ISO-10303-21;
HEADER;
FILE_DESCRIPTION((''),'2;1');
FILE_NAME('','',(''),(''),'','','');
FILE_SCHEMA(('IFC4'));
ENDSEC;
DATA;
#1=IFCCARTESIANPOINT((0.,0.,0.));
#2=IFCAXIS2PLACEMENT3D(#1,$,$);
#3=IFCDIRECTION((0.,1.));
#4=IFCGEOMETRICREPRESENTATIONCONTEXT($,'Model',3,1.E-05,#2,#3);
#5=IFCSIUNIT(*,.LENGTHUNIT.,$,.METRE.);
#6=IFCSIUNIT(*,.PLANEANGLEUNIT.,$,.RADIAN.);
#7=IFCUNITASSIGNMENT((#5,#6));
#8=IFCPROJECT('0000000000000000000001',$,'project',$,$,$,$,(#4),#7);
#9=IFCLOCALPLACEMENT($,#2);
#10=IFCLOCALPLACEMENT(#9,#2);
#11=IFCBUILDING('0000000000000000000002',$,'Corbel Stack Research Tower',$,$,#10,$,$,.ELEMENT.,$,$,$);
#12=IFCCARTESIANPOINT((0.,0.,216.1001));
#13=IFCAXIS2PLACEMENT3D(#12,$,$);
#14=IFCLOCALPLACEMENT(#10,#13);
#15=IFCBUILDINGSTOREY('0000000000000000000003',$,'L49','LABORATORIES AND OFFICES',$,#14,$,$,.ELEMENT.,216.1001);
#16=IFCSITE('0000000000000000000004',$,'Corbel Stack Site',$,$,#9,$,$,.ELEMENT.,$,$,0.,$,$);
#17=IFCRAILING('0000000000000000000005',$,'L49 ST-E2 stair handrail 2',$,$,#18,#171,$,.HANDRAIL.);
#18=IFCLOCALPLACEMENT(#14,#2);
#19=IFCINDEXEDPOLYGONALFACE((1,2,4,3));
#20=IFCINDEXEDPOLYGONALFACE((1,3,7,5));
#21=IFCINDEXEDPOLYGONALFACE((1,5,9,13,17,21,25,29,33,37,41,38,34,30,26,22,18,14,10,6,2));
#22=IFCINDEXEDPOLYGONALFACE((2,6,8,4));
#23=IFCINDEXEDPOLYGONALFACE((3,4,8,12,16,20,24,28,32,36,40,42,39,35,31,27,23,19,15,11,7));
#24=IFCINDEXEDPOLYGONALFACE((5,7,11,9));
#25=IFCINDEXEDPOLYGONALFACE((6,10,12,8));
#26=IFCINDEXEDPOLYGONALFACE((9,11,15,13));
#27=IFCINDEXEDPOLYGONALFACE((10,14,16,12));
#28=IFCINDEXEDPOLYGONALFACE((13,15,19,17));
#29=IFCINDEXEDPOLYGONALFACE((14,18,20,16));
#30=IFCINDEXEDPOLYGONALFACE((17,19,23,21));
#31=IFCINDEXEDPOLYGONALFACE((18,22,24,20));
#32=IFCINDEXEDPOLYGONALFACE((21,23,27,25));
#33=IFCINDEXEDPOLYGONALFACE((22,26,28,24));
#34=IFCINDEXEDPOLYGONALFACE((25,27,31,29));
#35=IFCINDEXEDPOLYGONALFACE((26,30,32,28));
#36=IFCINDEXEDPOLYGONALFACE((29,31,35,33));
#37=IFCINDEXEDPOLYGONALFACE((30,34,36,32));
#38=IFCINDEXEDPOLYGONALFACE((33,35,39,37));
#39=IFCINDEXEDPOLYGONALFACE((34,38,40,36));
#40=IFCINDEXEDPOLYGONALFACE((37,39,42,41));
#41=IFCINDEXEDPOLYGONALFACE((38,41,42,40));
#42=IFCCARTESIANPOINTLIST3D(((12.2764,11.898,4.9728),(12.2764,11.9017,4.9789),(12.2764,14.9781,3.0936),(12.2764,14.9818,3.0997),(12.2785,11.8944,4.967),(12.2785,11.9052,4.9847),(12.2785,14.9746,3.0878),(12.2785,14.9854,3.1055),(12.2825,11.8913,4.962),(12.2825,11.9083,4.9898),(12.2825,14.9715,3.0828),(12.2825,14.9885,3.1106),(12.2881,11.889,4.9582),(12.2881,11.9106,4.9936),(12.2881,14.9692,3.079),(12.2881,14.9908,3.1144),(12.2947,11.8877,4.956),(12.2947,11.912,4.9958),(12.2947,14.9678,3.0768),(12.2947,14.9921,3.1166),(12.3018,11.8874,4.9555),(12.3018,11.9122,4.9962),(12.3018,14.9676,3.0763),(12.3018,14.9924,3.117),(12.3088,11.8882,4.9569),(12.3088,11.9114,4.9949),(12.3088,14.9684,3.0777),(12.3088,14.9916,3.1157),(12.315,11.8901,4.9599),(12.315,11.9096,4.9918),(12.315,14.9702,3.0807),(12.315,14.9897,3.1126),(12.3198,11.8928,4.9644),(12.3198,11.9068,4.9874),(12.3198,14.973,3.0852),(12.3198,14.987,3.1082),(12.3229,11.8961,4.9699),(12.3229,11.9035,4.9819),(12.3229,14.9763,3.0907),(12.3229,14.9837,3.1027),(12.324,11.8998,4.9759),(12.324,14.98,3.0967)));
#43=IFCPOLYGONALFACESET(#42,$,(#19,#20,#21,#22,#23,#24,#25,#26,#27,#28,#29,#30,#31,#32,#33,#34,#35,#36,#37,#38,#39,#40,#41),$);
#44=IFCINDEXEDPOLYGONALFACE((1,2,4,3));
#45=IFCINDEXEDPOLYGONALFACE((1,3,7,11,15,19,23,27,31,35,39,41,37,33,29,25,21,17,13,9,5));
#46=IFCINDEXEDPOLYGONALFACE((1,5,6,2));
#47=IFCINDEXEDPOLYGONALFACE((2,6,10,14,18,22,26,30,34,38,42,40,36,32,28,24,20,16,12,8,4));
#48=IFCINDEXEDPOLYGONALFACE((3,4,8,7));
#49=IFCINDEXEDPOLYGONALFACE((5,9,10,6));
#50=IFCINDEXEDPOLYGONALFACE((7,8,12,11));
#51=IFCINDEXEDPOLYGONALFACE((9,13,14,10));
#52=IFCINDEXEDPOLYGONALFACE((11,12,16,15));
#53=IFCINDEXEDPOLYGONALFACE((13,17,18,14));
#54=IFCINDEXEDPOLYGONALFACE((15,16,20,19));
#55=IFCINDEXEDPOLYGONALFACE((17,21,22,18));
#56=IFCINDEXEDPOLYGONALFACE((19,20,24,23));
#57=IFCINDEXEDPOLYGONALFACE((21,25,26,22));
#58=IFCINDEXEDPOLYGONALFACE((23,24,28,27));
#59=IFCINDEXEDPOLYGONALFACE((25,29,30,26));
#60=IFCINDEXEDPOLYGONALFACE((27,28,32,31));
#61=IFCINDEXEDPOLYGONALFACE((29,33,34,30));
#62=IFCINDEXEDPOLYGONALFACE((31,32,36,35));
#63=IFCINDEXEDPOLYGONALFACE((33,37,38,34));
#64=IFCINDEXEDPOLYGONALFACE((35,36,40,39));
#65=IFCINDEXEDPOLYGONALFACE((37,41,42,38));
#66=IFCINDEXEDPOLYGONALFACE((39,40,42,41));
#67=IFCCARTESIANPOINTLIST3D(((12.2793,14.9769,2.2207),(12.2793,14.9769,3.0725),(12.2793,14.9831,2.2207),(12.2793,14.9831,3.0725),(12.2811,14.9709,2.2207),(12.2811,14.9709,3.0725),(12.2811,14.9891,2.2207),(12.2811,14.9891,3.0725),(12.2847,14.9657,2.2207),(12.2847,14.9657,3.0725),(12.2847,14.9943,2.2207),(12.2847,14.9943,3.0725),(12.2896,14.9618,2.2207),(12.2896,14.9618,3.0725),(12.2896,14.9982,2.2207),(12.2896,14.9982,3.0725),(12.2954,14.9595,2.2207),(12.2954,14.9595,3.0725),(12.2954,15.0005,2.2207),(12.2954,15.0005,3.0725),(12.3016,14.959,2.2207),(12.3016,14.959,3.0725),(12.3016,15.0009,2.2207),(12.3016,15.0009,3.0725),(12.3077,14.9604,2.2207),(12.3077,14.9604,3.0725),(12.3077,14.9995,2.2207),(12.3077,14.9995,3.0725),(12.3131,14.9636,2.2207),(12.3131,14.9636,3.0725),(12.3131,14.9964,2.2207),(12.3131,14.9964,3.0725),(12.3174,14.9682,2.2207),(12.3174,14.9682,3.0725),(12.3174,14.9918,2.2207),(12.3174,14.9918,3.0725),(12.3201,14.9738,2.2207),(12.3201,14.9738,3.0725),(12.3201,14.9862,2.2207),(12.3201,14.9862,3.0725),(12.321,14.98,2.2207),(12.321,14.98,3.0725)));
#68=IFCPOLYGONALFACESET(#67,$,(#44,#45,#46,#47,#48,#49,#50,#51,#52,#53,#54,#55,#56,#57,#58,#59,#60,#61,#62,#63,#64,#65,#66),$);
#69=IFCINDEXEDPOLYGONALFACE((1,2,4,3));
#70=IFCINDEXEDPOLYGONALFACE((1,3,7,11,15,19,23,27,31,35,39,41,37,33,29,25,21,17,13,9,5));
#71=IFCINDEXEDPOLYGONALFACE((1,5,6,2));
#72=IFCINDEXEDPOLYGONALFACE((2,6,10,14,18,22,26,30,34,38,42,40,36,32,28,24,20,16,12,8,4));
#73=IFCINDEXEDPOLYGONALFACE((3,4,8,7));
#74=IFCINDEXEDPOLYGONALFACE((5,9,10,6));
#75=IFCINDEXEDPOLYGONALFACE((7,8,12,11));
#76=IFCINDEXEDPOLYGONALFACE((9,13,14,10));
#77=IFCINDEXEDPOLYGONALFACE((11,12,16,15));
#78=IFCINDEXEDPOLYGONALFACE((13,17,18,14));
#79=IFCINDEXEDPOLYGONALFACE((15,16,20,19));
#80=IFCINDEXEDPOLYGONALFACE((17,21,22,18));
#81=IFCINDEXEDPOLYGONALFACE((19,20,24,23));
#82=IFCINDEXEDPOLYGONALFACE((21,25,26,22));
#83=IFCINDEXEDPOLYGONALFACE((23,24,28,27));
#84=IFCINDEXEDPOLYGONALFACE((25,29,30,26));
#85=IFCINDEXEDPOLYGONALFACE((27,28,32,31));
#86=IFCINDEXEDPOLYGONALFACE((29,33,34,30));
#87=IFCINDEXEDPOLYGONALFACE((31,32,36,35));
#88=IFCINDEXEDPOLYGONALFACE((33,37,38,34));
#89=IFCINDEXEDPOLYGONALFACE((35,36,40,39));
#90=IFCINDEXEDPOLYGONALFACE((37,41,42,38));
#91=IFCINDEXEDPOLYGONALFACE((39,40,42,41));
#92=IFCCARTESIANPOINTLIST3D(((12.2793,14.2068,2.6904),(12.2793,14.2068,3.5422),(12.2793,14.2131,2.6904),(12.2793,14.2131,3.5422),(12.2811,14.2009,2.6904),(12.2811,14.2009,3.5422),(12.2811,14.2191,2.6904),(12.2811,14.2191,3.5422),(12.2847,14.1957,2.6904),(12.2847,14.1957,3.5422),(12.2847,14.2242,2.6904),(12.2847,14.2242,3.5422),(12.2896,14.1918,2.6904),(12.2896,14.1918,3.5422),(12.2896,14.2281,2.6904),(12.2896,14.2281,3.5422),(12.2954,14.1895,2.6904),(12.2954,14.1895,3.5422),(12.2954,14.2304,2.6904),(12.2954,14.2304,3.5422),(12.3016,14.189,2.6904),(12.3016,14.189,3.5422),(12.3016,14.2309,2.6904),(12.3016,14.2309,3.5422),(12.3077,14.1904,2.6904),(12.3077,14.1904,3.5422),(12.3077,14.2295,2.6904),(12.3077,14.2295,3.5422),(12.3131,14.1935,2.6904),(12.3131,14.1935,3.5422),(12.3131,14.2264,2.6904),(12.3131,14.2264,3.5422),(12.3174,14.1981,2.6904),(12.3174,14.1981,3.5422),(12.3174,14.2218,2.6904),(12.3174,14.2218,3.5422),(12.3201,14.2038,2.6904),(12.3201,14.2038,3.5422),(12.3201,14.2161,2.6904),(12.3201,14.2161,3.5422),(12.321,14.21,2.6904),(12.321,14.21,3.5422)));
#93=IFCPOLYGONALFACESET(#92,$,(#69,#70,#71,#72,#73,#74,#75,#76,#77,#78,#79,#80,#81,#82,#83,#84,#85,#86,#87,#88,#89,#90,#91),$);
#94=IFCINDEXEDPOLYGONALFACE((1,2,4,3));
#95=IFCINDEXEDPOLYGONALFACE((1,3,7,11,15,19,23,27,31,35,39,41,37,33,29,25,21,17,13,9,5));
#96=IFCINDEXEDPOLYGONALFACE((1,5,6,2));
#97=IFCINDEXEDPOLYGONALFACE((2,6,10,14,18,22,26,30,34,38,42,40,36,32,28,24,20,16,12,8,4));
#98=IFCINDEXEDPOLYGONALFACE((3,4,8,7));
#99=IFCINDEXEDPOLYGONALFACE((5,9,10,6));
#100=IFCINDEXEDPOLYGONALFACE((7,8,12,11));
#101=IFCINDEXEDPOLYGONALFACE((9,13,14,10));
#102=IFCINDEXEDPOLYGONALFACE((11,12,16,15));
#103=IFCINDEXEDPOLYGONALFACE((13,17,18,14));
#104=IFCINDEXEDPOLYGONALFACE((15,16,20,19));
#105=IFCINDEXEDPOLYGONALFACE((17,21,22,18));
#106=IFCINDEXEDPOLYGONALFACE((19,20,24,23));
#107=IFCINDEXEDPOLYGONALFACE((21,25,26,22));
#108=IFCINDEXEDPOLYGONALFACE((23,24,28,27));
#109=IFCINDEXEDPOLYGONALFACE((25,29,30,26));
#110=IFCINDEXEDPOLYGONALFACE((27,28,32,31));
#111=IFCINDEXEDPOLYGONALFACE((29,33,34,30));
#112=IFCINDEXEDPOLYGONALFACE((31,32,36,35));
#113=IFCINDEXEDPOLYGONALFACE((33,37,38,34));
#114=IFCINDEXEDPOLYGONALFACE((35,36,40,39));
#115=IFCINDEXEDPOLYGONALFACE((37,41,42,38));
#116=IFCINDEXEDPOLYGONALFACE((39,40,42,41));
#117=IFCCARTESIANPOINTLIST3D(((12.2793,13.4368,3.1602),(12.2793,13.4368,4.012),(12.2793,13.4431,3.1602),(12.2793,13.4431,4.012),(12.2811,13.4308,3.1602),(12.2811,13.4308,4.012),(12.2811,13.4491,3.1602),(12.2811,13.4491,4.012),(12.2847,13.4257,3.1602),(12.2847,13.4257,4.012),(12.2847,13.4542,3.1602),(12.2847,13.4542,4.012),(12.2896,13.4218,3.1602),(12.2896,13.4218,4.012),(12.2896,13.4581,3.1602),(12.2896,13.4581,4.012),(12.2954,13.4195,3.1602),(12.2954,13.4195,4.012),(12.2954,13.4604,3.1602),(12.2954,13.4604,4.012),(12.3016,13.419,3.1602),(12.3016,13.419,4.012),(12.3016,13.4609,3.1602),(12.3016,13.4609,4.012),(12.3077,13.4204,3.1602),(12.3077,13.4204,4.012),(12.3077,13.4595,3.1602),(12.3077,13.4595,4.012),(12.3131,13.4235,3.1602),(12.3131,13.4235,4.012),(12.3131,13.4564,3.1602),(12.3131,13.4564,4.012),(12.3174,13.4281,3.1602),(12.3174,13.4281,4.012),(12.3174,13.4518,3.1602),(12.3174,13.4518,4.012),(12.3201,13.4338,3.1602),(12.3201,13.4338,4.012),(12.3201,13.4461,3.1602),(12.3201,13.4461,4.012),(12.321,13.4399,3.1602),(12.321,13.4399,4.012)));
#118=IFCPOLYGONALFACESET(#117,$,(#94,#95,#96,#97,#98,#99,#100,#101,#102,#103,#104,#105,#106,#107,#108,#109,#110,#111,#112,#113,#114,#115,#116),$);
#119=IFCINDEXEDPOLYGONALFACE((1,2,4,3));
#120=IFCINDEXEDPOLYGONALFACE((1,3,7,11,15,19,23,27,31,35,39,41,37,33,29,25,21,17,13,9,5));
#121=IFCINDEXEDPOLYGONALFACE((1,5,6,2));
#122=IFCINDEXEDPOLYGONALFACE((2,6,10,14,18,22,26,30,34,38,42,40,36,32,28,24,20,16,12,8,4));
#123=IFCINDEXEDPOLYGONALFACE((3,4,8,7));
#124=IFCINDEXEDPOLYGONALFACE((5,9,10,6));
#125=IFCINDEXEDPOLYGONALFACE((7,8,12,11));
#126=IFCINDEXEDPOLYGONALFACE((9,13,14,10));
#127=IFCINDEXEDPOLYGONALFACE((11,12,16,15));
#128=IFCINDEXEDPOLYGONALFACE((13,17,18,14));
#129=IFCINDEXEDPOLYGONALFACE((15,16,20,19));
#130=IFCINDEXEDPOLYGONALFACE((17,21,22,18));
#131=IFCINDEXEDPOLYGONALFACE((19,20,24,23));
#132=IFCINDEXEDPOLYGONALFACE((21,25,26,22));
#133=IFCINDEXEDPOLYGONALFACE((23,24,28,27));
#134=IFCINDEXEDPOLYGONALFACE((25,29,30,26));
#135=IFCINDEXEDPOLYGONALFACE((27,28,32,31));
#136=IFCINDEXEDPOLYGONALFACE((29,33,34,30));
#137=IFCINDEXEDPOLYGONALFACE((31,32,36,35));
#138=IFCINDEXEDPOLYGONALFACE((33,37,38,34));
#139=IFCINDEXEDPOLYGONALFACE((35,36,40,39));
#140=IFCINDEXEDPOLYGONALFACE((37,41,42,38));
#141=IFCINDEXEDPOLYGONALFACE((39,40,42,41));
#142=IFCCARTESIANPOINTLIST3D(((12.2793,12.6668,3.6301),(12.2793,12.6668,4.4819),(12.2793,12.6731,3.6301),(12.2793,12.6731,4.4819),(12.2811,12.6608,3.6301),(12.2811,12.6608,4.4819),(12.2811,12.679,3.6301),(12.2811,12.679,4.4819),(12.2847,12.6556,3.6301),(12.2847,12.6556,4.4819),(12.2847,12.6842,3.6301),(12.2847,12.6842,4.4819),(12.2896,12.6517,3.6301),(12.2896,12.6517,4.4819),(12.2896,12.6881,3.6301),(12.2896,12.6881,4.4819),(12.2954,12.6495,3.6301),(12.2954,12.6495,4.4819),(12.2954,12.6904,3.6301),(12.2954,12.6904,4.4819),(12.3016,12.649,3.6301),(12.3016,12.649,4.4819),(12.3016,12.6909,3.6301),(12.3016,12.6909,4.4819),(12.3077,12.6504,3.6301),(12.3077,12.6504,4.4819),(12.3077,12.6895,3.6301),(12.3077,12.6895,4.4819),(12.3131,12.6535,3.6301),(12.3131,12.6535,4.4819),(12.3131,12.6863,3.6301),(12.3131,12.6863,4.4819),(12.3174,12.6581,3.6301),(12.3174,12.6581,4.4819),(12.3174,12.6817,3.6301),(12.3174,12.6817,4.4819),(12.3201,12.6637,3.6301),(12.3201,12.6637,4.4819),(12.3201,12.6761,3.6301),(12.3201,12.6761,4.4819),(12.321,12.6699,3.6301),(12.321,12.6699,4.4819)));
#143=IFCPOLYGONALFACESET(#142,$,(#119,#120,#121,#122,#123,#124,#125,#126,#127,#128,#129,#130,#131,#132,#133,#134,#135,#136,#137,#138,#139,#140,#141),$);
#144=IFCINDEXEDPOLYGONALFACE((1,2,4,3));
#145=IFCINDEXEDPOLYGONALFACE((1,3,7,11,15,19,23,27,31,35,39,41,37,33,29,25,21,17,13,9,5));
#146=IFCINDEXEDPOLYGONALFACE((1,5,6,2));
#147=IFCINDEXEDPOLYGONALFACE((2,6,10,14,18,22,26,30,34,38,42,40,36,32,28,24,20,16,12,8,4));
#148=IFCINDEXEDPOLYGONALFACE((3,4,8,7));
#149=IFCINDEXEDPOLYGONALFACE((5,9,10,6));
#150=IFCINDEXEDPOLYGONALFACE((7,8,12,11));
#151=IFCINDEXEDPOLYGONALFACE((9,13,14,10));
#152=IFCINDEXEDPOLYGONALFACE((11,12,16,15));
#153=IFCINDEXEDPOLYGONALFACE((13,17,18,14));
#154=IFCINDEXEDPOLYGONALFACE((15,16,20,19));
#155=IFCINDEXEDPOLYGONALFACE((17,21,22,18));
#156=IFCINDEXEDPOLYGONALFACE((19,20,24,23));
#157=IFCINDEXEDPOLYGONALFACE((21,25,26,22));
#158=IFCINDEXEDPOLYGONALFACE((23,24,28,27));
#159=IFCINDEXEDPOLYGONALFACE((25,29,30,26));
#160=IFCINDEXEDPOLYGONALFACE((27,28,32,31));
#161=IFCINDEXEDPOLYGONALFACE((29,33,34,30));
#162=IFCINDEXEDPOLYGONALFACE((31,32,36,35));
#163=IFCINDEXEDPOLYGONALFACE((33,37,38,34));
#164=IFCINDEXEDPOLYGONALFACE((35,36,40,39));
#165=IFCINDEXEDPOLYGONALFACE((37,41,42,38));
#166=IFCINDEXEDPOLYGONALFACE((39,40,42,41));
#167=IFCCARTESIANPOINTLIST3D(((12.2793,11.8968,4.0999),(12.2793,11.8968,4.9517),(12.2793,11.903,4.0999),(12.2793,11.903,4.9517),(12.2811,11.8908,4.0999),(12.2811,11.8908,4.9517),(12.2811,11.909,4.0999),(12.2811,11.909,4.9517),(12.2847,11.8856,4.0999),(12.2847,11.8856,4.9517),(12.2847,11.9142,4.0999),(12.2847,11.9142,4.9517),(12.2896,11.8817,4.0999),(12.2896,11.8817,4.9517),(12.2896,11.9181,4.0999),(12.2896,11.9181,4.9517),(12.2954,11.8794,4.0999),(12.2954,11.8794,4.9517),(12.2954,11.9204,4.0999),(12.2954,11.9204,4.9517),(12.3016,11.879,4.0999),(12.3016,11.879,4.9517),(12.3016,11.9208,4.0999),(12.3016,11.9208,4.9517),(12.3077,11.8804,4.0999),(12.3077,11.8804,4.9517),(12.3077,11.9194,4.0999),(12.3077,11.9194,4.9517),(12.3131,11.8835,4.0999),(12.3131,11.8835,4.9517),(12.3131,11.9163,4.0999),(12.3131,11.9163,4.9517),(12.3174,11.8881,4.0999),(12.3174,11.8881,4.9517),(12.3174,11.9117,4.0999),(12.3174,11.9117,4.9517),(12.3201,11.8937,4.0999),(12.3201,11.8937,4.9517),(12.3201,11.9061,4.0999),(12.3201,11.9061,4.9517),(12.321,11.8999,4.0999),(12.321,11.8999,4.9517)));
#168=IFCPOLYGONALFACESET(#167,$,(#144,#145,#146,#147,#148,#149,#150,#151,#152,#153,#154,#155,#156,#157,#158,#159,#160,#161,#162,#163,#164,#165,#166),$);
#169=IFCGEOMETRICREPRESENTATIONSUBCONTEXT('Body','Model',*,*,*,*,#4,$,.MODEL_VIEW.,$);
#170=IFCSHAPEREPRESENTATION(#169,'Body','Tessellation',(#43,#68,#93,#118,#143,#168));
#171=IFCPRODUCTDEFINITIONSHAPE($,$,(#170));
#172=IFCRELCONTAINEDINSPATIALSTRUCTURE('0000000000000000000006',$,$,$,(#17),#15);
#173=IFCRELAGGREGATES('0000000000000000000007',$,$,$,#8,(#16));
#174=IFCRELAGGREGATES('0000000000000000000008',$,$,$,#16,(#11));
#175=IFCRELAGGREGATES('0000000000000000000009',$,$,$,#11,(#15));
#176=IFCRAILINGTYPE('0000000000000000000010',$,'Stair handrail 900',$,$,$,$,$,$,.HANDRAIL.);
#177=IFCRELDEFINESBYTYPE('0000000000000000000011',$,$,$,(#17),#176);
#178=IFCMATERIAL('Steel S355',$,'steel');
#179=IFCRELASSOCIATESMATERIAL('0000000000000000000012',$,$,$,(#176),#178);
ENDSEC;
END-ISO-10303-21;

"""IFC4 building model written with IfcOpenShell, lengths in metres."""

from ifc_helpers import new_model, si_unit, direction, frame, origin, origin_2d, place, context, subcontext, project, spatial, circle, extrude, material, type_object, element, save


model = new_model("IFC4")

# Units and contexts
model_context = context("Model", 3, precision=1e-05, world=origin(), true_north=direction((0.0, 1.0)))
body_context = subcontext(model_context, "Body", "Model", "MODEL_VIEW")
ifc_project = project(units=[si_unit("LENGTHUNIT", "METRE"), si_unit("PLANEANGLEUNIT", "RADIAN")], contexts=[model_context])

# Site, building, storey
site_placement = place(None, origin())
site = spatial("IfcSite", under=ifc_project, at=site_placement, Name="Corbel Stack Site", CompositionType="ELEMENT", RefElevation=0.0)
building_placement = place(site_placement, origin())
building = spatial("IfcBuilding", under=site, at=building_placement, Name="Corbel Stack Research Tower", CompositionType="ELEMENT")
storey_placement = place(building_placement, frame((0.0, 0.0, 216.1001)))
storey = spatial("IfcBuildingStorey", under=building, at=storey_placement, Name="L49", Description="LABORATORIES AND OFFICES", CompositionType="ELEMENT", Elevation=216.1001)

# Railing
ifc_material_1 = material(Name="Steel S355", Category="steel")
railing_type_1 = type_object("IfcRailingType", Name="Stair handrail 900", PredefinedType="HANDRAIL", material=ifc_material_1)
railing_1_placement = place(storey_placement, frame((12.3, 14.98, 2.2207)))
element("IfcRailing", 1, at=railing_1_placement, inside=storey, type_object=railing_type_1, Name="L49 ST-E2 stair handrail 2", PredefinedType="HANDRAIL", context=body_context, shape_type="SweptSolid", body=[
    extrude(circle(Radius=0.0239, at=origin_2d()), frame((0.0, 0.0, 0.876), z_axis=(0.0, -0.853666, 0.52082), x_axis=(1.0, 0.0, 0.0)), (0.0, 0.0, 1.0), 3.6082),
    extrude(circle(Radius=0.021, at=origin_2d()), origin(), (0.0, 0.0, 1.0), 0.8518),
    extrude(circle(Radius=0.021, at=origin_2d()), frame((0.0, -0.77, 0.4697)), (0.0, 0.0, 1.0), 0.8518),
    extrude(circle(Radius=0.021, at=origin_2d()), frame((0.0, -1.54, 0.9395)), (0.0, 0.0, 1.0), 0.8518),
    extrude(circle(Radius=0.021, at=origin_2d()), frame((0.0, -2.3101, 1.4094)), (0.0, 0.0, 1.0), 0.8518),
    extrude(circle(Radius=0.021, at=origin_2d()), frame((0.0, -3.0801, 1.8792)), (0.0, 0.0, 1.0), 0.8518),
])

save(model, "model.ifc")
